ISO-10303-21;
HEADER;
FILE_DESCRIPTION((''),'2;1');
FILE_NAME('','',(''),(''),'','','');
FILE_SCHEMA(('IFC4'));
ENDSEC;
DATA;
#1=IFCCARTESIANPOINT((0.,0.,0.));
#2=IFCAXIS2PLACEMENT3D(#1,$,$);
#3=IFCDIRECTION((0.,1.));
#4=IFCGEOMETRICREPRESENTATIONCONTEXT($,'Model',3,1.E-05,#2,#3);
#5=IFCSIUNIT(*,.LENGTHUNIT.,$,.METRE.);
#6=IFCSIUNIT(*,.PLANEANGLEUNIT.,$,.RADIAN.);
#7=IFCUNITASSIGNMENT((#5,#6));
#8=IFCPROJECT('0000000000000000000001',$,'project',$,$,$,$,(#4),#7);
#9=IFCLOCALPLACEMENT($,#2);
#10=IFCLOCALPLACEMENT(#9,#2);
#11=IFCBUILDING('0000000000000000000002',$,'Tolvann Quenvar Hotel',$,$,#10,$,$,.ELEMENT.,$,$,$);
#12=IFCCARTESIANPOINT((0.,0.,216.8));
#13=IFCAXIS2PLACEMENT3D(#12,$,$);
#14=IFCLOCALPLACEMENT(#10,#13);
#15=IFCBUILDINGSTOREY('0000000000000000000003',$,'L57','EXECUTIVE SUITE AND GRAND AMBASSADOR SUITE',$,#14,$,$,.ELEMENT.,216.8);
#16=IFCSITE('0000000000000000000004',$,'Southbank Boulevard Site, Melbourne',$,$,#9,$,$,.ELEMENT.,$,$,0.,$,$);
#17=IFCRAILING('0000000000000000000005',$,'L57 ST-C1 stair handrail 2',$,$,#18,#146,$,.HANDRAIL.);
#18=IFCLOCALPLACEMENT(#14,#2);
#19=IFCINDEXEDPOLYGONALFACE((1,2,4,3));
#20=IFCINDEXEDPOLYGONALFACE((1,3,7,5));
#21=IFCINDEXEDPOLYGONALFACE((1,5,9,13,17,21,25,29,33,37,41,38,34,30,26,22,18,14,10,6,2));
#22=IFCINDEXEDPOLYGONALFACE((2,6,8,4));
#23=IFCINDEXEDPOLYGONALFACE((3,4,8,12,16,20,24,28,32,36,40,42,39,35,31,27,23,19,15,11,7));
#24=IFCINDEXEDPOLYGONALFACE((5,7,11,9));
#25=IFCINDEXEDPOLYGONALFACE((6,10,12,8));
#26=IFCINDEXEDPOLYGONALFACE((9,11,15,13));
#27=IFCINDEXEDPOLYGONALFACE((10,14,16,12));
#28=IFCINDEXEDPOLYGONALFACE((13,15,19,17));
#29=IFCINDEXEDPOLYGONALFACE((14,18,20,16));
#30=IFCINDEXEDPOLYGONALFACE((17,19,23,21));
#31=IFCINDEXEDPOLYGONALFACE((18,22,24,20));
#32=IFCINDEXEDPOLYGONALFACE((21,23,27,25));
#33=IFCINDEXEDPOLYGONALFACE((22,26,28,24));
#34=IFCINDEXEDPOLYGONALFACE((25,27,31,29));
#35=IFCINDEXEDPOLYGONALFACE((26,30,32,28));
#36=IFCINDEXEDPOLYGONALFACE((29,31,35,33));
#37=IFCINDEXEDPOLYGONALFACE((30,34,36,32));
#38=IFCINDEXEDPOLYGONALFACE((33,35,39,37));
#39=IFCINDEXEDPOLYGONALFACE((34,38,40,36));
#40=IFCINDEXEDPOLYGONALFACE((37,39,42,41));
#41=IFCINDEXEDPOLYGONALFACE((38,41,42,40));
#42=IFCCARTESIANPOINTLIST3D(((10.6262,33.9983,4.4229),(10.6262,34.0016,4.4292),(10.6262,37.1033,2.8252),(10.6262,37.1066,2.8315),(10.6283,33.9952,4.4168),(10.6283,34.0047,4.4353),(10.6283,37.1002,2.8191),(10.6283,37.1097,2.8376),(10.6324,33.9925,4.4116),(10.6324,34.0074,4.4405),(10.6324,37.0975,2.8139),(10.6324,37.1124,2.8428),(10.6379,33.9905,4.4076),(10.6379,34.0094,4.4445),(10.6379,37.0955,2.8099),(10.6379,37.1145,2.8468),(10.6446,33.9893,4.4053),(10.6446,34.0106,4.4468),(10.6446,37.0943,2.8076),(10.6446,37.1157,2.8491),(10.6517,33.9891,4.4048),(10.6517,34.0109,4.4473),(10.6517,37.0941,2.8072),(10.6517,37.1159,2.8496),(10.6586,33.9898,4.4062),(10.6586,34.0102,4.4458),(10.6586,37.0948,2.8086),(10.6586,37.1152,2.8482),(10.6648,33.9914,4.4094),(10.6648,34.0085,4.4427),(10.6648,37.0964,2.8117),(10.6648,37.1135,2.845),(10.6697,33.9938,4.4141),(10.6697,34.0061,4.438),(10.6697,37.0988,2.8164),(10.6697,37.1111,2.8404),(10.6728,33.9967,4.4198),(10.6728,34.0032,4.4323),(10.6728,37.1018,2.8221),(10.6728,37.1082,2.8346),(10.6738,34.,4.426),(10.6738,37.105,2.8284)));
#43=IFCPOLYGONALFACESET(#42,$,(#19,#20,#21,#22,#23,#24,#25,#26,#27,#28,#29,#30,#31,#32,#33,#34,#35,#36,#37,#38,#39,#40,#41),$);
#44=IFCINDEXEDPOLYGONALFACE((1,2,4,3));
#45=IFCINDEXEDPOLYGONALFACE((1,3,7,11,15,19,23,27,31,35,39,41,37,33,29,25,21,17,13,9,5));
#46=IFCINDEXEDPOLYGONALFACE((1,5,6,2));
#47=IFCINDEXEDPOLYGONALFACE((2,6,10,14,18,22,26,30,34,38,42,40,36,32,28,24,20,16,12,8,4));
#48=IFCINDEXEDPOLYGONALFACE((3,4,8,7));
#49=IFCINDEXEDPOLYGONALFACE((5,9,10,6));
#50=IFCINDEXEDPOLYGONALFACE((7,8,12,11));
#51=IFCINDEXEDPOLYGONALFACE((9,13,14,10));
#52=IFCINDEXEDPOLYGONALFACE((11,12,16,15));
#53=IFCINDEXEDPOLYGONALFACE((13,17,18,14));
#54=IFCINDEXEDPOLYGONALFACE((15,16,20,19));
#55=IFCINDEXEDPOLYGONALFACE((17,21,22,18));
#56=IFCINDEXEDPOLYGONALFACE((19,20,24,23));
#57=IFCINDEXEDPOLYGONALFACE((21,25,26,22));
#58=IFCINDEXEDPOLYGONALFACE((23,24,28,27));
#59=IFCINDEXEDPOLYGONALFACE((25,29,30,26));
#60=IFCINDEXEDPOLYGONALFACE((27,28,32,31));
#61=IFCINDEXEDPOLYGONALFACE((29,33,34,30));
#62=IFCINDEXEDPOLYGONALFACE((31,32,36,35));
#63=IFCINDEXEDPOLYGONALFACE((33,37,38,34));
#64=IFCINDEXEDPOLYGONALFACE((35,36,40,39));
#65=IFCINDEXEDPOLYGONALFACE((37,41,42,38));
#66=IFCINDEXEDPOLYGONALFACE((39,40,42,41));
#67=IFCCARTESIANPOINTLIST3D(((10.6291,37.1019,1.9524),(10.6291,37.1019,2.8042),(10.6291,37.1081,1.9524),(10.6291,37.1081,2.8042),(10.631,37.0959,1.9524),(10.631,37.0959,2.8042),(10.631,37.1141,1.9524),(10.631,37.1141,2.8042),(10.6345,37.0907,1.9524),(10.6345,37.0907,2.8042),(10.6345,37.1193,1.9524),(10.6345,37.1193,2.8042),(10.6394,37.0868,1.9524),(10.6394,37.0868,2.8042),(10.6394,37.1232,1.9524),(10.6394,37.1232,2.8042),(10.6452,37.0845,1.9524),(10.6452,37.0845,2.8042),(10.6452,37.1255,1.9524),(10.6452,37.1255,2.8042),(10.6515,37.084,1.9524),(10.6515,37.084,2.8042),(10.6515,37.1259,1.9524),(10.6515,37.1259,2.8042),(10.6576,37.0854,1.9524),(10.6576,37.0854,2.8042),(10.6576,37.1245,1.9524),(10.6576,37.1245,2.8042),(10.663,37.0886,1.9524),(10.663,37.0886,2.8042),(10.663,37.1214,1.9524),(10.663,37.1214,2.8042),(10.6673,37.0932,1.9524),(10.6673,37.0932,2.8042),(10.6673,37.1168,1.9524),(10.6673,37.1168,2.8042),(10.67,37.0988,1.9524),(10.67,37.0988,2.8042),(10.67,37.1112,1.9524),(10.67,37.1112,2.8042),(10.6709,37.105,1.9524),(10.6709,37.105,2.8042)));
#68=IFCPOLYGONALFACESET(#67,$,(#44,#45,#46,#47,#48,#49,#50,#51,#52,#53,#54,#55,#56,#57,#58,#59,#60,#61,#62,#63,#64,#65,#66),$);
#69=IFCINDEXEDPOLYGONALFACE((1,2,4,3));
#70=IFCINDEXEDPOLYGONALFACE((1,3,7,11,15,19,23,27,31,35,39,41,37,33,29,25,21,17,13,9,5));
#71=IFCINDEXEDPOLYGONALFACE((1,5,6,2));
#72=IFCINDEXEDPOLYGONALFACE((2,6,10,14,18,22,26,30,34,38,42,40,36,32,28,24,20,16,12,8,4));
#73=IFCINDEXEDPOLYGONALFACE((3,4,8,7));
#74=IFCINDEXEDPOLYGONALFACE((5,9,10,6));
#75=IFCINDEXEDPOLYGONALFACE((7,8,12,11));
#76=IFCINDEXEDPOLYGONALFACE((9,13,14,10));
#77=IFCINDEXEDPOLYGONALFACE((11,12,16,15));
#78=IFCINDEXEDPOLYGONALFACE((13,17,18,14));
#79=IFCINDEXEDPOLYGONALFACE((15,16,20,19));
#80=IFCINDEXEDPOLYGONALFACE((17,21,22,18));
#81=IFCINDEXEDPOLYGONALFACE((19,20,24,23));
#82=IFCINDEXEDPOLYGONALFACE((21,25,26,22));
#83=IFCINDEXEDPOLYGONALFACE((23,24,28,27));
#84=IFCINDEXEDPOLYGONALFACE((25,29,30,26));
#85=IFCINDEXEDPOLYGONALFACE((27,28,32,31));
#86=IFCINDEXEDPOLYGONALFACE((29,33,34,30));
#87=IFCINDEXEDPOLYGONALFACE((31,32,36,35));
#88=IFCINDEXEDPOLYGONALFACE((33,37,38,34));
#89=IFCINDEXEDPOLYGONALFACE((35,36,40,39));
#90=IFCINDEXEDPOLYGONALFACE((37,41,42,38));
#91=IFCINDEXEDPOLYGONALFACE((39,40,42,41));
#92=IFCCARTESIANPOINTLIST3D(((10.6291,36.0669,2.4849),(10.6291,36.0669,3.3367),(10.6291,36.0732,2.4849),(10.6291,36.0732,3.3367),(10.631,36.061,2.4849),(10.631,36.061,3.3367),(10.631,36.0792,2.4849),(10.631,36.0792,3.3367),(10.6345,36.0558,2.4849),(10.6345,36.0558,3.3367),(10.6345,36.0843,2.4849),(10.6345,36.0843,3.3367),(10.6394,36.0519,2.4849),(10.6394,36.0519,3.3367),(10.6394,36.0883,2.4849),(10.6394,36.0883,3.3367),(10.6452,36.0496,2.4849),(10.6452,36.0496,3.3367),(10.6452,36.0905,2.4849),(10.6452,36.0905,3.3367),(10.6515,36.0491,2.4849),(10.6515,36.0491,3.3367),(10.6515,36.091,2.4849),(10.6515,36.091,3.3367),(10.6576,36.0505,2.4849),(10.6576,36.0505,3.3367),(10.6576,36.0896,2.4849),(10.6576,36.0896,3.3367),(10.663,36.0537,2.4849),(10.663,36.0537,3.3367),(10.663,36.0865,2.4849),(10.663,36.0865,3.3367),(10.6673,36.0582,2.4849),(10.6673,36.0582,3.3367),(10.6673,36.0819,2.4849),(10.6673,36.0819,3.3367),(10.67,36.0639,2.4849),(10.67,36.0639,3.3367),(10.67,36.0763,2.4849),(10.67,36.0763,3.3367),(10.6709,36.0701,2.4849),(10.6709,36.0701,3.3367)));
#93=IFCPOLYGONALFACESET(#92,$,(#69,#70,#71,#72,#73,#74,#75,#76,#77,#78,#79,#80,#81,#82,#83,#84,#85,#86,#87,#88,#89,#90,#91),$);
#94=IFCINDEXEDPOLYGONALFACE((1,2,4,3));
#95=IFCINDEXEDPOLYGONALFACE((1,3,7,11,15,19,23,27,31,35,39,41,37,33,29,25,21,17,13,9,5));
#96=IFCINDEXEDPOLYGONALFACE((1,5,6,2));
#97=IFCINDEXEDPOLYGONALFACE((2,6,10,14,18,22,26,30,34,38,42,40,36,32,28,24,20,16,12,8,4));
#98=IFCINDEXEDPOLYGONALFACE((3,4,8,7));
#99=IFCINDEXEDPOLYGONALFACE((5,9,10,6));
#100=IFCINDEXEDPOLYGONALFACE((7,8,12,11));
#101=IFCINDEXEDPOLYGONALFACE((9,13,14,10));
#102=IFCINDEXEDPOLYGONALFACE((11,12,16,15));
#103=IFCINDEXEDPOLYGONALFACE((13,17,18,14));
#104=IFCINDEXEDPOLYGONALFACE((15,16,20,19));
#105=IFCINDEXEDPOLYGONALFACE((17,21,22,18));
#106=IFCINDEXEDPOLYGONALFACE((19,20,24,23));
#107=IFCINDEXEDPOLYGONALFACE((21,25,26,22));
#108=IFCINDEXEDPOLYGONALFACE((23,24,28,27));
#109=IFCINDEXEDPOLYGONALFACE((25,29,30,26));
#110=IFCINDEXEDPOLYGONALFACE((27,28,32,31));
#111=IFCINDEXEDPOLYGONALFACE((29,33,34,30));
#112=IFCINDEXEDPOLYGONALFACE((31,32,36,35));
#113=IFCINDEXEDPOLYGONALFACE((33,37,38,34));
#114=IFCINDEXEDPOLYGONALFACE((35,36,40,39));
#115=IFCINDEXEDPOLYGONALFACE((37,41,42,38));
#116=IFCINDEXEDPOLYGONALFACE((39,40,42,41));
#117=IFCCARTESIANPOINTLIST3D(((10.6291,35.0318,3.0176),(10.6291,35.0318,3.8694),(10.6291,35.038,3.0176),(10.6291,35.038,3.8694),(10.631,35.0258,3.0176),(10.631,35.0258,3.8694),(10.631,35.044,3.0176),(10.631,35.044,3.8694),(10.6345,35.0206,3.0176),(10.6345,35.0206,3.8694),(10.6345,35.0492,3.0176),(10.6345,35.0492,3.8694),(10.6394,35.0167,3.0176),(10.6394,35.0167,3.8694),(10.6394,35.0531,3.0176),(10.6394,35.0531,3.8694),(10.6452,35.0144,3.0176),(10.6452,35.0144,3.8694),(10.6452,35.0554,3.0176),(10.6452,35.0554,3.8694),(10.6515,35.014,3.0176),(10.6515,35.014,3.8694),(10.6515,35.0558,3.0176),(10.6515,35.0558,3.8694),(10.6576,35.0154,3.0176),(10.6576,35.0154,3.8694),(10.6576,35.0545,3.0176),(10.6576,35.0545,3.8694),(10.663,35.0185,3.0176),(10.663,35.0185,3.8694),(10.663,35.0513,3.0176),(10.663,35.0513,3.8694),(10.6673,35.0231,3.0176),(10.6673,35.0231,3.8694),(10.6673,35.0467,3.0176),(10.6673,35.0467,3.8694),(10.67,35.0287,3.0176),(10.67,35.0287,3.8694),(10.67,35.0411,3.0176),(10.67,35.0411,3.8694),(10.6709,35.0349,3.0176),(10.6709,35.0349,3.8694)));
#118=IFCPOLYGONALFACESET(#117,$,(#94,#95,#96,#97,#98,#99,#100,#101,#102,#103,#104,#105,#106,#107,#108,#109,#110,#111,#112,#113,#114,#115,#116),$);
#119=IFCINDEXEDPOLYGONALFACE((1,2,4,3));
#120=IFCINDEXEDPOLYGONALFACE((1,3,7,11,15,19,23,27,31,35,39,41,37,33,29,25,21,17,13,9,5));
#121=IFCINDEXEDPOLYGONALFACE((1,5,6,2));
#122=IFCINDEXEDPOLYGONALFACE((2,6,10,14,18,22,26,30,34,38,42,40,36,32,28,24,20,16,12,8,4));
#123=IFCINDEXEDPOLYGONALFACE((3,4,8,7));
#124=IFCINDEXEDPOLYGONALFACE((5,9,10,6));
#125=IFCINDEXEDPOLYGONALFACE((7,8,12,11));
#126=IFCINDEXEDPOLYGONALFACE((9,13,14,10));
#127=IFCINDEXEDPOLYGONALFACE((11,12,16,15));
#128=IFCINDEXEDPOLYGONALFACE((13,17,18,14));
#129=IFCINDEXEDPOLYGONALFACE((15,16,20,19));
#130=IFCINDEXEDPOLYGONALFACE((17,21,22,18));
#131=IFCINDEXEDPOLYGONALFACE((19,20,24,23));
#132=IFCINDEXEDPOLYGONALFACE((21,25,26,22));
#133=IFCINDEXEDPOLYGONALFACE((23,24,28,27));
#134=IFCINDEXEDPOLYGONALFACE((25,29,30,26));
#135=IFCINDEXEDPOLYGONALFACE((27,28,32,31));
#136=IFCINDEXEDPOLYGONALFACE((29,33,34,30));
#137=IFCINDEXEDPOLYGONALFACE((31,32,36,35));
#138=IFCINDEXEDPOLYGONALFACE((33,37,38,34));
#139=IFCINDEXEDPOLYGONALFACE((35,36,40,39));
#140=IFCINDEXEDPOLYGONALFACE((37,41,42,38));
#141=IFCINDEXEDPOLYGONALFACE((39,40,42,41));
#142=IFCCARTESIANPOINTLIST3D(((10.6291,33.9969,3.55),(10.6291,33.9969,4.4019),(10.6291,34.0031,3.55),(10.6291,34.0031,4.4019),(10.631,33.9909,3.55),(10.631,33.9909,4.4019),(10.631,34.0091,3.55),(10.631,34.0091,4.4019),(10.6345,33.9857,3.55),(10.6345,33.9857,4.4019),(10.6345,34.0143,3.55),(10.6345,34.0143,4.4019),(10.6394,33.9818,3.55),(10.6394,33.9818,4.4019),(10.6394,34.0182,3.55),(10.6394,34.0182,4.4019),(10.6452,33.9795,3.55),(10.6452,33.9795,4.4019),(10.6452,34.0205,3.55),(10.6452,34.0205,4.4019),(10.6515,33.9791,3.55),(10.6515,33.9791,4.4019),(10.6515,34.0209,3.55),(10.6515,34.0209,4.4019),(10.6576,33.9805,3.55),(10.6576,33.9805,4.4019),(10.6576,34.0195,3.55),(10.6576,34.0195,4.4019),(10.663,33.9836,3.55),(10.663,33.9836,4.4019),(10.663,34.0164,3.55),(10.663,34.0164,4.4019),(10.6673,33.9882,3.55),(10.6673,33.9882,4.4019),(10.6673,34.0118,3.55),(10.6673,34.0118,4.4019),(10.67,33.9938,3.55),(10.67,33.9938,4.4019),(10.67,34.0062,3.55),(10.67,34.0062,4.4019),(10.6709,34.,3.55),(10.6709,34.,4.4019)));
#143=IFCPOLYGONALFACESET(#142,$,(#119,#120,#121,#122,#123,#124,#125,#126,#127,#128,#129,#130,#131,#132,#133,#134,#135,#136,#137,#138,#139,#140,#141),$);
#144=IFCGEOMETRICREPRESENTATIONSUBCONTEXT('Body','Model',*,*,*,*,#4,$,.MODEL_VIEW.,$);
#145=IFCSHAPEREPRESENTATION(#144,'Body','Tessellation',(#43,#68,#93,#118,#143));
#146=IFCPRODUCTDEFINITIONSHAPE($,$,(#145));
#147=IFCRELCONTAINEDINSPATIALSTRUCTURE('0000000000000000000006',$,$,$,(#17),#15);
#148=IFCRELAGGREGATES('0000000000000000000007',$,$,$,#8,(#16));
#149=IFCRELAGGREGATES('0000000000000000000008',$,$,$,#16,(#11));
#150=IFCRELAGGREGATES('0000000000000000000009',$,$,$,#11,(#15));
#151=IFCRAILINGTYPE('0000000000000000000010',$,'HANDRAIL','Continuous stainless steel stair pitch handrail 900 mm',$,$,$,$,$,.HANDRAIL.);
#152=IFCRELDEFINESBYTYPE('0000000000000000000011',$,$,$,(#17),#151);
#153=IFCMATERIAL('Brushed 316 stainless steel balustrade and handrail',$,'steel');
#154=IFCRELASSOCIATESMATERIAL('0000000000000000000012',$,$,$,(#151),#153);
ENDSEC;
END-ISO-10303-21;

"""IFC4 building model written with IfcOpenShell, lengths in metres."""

from ifc_helpers import new_model, si_unit, direction, frame, origin, origin_2d, place, context, subcontext, project, spatial, circle, extrude, material, type_object, element, save


model = new_model("IFC4")

# Units and contexts
model_context = context("Model", 3, precision=1e-05, world=origin(), true_north=direction((0.0, 1.0)))
body_context = subcontext(model_context, "Body", "Model", "MODEL_VIEW")
ifc_project = project(units=[si_unit("LENGTHUNIT", "METRE"), si_unit("PLANEANGLEUNIT", "RADIAN")], contexts=[model_context])

# Site, building, storey
site_placement = place(None, origin())
site = spatial("IfcSite", under=ifc_project, at=site_placement, Name="Southbank Boulevard Site, Melbourne", CompositionType="ELEMENT", RefElevation=0.0)
building_placement = place(site_placement, origin())
building = spatial("IfcBuilding", under=site, at=building_placement, Name="Tolvann Quenvar Hotel", CompositionType="ELEMENT")
storey_placement = place(building_placement, frame((0.0, 0.0, 216.8)))
storey = spatial("IfcBuildingStorey", under=building, at=storey_placement, Name="L57", Description="EXECUTIVE SUITE AND GRAND AMBASSADOR SUITE", CompositionType="ELEMENT", Elevation=216.8)

# Railing
ifc_material_1 = material(Name="Brushed 316 stainless steel balustrade and handrail", Category="steel")
railing_type_1 = type_object("IfcRailingType", Name="HANDRAIL", Description="Continuous stainless steel stair pitch handrail 900 mm", PredefinedType="HANDRAIL", material=ifc_material_1)
railing_1_placement = place(storey_placement, frame((10.6499, 37.105, 1.9524)))
element("IfcRailing", 1, at=railing_1_placement, inside=storey, type_object=railing_type_1, Name="L57 ST-C1 stair handrail 2", PredefinedType="HANDRAIL", context=body_context, shape_type="SweptSolid", body=[
    extrude(circle(Radius=0.0239, at=origin_2d()), frame((0.0, 0.0, 0.876), z_axis=(0.0, -0.889194, 0.457531), x_axis=(1.0, 0.0, 0.0)), (0.0, 0.0, 1.0), 3.4919),
    extrude(circle(Radius=0.021, at=origin_2d()), origin(), (0.0, 0.0, 1.0), 0.8518),
    extrude(circle(Radius=0.021, at=origin_2d()), frame((0.0, -1.0349, 0.5325)), (0.0, 0.0, 1.0), 0.8518),
    extrude(circle(Radius=0.021, at=origin_2d()), frame((0.0, -2.0701, 1.0652)), (0.0, 0.0, 1.0), 0.8518),
    extrude(circle(Radius=0.021, at=origin_2d()), frame((0.0, -3.105, 1.5977)), (0.0, 0.0, 1.0), 0.8518),
])

save(model, "model.ifc")
